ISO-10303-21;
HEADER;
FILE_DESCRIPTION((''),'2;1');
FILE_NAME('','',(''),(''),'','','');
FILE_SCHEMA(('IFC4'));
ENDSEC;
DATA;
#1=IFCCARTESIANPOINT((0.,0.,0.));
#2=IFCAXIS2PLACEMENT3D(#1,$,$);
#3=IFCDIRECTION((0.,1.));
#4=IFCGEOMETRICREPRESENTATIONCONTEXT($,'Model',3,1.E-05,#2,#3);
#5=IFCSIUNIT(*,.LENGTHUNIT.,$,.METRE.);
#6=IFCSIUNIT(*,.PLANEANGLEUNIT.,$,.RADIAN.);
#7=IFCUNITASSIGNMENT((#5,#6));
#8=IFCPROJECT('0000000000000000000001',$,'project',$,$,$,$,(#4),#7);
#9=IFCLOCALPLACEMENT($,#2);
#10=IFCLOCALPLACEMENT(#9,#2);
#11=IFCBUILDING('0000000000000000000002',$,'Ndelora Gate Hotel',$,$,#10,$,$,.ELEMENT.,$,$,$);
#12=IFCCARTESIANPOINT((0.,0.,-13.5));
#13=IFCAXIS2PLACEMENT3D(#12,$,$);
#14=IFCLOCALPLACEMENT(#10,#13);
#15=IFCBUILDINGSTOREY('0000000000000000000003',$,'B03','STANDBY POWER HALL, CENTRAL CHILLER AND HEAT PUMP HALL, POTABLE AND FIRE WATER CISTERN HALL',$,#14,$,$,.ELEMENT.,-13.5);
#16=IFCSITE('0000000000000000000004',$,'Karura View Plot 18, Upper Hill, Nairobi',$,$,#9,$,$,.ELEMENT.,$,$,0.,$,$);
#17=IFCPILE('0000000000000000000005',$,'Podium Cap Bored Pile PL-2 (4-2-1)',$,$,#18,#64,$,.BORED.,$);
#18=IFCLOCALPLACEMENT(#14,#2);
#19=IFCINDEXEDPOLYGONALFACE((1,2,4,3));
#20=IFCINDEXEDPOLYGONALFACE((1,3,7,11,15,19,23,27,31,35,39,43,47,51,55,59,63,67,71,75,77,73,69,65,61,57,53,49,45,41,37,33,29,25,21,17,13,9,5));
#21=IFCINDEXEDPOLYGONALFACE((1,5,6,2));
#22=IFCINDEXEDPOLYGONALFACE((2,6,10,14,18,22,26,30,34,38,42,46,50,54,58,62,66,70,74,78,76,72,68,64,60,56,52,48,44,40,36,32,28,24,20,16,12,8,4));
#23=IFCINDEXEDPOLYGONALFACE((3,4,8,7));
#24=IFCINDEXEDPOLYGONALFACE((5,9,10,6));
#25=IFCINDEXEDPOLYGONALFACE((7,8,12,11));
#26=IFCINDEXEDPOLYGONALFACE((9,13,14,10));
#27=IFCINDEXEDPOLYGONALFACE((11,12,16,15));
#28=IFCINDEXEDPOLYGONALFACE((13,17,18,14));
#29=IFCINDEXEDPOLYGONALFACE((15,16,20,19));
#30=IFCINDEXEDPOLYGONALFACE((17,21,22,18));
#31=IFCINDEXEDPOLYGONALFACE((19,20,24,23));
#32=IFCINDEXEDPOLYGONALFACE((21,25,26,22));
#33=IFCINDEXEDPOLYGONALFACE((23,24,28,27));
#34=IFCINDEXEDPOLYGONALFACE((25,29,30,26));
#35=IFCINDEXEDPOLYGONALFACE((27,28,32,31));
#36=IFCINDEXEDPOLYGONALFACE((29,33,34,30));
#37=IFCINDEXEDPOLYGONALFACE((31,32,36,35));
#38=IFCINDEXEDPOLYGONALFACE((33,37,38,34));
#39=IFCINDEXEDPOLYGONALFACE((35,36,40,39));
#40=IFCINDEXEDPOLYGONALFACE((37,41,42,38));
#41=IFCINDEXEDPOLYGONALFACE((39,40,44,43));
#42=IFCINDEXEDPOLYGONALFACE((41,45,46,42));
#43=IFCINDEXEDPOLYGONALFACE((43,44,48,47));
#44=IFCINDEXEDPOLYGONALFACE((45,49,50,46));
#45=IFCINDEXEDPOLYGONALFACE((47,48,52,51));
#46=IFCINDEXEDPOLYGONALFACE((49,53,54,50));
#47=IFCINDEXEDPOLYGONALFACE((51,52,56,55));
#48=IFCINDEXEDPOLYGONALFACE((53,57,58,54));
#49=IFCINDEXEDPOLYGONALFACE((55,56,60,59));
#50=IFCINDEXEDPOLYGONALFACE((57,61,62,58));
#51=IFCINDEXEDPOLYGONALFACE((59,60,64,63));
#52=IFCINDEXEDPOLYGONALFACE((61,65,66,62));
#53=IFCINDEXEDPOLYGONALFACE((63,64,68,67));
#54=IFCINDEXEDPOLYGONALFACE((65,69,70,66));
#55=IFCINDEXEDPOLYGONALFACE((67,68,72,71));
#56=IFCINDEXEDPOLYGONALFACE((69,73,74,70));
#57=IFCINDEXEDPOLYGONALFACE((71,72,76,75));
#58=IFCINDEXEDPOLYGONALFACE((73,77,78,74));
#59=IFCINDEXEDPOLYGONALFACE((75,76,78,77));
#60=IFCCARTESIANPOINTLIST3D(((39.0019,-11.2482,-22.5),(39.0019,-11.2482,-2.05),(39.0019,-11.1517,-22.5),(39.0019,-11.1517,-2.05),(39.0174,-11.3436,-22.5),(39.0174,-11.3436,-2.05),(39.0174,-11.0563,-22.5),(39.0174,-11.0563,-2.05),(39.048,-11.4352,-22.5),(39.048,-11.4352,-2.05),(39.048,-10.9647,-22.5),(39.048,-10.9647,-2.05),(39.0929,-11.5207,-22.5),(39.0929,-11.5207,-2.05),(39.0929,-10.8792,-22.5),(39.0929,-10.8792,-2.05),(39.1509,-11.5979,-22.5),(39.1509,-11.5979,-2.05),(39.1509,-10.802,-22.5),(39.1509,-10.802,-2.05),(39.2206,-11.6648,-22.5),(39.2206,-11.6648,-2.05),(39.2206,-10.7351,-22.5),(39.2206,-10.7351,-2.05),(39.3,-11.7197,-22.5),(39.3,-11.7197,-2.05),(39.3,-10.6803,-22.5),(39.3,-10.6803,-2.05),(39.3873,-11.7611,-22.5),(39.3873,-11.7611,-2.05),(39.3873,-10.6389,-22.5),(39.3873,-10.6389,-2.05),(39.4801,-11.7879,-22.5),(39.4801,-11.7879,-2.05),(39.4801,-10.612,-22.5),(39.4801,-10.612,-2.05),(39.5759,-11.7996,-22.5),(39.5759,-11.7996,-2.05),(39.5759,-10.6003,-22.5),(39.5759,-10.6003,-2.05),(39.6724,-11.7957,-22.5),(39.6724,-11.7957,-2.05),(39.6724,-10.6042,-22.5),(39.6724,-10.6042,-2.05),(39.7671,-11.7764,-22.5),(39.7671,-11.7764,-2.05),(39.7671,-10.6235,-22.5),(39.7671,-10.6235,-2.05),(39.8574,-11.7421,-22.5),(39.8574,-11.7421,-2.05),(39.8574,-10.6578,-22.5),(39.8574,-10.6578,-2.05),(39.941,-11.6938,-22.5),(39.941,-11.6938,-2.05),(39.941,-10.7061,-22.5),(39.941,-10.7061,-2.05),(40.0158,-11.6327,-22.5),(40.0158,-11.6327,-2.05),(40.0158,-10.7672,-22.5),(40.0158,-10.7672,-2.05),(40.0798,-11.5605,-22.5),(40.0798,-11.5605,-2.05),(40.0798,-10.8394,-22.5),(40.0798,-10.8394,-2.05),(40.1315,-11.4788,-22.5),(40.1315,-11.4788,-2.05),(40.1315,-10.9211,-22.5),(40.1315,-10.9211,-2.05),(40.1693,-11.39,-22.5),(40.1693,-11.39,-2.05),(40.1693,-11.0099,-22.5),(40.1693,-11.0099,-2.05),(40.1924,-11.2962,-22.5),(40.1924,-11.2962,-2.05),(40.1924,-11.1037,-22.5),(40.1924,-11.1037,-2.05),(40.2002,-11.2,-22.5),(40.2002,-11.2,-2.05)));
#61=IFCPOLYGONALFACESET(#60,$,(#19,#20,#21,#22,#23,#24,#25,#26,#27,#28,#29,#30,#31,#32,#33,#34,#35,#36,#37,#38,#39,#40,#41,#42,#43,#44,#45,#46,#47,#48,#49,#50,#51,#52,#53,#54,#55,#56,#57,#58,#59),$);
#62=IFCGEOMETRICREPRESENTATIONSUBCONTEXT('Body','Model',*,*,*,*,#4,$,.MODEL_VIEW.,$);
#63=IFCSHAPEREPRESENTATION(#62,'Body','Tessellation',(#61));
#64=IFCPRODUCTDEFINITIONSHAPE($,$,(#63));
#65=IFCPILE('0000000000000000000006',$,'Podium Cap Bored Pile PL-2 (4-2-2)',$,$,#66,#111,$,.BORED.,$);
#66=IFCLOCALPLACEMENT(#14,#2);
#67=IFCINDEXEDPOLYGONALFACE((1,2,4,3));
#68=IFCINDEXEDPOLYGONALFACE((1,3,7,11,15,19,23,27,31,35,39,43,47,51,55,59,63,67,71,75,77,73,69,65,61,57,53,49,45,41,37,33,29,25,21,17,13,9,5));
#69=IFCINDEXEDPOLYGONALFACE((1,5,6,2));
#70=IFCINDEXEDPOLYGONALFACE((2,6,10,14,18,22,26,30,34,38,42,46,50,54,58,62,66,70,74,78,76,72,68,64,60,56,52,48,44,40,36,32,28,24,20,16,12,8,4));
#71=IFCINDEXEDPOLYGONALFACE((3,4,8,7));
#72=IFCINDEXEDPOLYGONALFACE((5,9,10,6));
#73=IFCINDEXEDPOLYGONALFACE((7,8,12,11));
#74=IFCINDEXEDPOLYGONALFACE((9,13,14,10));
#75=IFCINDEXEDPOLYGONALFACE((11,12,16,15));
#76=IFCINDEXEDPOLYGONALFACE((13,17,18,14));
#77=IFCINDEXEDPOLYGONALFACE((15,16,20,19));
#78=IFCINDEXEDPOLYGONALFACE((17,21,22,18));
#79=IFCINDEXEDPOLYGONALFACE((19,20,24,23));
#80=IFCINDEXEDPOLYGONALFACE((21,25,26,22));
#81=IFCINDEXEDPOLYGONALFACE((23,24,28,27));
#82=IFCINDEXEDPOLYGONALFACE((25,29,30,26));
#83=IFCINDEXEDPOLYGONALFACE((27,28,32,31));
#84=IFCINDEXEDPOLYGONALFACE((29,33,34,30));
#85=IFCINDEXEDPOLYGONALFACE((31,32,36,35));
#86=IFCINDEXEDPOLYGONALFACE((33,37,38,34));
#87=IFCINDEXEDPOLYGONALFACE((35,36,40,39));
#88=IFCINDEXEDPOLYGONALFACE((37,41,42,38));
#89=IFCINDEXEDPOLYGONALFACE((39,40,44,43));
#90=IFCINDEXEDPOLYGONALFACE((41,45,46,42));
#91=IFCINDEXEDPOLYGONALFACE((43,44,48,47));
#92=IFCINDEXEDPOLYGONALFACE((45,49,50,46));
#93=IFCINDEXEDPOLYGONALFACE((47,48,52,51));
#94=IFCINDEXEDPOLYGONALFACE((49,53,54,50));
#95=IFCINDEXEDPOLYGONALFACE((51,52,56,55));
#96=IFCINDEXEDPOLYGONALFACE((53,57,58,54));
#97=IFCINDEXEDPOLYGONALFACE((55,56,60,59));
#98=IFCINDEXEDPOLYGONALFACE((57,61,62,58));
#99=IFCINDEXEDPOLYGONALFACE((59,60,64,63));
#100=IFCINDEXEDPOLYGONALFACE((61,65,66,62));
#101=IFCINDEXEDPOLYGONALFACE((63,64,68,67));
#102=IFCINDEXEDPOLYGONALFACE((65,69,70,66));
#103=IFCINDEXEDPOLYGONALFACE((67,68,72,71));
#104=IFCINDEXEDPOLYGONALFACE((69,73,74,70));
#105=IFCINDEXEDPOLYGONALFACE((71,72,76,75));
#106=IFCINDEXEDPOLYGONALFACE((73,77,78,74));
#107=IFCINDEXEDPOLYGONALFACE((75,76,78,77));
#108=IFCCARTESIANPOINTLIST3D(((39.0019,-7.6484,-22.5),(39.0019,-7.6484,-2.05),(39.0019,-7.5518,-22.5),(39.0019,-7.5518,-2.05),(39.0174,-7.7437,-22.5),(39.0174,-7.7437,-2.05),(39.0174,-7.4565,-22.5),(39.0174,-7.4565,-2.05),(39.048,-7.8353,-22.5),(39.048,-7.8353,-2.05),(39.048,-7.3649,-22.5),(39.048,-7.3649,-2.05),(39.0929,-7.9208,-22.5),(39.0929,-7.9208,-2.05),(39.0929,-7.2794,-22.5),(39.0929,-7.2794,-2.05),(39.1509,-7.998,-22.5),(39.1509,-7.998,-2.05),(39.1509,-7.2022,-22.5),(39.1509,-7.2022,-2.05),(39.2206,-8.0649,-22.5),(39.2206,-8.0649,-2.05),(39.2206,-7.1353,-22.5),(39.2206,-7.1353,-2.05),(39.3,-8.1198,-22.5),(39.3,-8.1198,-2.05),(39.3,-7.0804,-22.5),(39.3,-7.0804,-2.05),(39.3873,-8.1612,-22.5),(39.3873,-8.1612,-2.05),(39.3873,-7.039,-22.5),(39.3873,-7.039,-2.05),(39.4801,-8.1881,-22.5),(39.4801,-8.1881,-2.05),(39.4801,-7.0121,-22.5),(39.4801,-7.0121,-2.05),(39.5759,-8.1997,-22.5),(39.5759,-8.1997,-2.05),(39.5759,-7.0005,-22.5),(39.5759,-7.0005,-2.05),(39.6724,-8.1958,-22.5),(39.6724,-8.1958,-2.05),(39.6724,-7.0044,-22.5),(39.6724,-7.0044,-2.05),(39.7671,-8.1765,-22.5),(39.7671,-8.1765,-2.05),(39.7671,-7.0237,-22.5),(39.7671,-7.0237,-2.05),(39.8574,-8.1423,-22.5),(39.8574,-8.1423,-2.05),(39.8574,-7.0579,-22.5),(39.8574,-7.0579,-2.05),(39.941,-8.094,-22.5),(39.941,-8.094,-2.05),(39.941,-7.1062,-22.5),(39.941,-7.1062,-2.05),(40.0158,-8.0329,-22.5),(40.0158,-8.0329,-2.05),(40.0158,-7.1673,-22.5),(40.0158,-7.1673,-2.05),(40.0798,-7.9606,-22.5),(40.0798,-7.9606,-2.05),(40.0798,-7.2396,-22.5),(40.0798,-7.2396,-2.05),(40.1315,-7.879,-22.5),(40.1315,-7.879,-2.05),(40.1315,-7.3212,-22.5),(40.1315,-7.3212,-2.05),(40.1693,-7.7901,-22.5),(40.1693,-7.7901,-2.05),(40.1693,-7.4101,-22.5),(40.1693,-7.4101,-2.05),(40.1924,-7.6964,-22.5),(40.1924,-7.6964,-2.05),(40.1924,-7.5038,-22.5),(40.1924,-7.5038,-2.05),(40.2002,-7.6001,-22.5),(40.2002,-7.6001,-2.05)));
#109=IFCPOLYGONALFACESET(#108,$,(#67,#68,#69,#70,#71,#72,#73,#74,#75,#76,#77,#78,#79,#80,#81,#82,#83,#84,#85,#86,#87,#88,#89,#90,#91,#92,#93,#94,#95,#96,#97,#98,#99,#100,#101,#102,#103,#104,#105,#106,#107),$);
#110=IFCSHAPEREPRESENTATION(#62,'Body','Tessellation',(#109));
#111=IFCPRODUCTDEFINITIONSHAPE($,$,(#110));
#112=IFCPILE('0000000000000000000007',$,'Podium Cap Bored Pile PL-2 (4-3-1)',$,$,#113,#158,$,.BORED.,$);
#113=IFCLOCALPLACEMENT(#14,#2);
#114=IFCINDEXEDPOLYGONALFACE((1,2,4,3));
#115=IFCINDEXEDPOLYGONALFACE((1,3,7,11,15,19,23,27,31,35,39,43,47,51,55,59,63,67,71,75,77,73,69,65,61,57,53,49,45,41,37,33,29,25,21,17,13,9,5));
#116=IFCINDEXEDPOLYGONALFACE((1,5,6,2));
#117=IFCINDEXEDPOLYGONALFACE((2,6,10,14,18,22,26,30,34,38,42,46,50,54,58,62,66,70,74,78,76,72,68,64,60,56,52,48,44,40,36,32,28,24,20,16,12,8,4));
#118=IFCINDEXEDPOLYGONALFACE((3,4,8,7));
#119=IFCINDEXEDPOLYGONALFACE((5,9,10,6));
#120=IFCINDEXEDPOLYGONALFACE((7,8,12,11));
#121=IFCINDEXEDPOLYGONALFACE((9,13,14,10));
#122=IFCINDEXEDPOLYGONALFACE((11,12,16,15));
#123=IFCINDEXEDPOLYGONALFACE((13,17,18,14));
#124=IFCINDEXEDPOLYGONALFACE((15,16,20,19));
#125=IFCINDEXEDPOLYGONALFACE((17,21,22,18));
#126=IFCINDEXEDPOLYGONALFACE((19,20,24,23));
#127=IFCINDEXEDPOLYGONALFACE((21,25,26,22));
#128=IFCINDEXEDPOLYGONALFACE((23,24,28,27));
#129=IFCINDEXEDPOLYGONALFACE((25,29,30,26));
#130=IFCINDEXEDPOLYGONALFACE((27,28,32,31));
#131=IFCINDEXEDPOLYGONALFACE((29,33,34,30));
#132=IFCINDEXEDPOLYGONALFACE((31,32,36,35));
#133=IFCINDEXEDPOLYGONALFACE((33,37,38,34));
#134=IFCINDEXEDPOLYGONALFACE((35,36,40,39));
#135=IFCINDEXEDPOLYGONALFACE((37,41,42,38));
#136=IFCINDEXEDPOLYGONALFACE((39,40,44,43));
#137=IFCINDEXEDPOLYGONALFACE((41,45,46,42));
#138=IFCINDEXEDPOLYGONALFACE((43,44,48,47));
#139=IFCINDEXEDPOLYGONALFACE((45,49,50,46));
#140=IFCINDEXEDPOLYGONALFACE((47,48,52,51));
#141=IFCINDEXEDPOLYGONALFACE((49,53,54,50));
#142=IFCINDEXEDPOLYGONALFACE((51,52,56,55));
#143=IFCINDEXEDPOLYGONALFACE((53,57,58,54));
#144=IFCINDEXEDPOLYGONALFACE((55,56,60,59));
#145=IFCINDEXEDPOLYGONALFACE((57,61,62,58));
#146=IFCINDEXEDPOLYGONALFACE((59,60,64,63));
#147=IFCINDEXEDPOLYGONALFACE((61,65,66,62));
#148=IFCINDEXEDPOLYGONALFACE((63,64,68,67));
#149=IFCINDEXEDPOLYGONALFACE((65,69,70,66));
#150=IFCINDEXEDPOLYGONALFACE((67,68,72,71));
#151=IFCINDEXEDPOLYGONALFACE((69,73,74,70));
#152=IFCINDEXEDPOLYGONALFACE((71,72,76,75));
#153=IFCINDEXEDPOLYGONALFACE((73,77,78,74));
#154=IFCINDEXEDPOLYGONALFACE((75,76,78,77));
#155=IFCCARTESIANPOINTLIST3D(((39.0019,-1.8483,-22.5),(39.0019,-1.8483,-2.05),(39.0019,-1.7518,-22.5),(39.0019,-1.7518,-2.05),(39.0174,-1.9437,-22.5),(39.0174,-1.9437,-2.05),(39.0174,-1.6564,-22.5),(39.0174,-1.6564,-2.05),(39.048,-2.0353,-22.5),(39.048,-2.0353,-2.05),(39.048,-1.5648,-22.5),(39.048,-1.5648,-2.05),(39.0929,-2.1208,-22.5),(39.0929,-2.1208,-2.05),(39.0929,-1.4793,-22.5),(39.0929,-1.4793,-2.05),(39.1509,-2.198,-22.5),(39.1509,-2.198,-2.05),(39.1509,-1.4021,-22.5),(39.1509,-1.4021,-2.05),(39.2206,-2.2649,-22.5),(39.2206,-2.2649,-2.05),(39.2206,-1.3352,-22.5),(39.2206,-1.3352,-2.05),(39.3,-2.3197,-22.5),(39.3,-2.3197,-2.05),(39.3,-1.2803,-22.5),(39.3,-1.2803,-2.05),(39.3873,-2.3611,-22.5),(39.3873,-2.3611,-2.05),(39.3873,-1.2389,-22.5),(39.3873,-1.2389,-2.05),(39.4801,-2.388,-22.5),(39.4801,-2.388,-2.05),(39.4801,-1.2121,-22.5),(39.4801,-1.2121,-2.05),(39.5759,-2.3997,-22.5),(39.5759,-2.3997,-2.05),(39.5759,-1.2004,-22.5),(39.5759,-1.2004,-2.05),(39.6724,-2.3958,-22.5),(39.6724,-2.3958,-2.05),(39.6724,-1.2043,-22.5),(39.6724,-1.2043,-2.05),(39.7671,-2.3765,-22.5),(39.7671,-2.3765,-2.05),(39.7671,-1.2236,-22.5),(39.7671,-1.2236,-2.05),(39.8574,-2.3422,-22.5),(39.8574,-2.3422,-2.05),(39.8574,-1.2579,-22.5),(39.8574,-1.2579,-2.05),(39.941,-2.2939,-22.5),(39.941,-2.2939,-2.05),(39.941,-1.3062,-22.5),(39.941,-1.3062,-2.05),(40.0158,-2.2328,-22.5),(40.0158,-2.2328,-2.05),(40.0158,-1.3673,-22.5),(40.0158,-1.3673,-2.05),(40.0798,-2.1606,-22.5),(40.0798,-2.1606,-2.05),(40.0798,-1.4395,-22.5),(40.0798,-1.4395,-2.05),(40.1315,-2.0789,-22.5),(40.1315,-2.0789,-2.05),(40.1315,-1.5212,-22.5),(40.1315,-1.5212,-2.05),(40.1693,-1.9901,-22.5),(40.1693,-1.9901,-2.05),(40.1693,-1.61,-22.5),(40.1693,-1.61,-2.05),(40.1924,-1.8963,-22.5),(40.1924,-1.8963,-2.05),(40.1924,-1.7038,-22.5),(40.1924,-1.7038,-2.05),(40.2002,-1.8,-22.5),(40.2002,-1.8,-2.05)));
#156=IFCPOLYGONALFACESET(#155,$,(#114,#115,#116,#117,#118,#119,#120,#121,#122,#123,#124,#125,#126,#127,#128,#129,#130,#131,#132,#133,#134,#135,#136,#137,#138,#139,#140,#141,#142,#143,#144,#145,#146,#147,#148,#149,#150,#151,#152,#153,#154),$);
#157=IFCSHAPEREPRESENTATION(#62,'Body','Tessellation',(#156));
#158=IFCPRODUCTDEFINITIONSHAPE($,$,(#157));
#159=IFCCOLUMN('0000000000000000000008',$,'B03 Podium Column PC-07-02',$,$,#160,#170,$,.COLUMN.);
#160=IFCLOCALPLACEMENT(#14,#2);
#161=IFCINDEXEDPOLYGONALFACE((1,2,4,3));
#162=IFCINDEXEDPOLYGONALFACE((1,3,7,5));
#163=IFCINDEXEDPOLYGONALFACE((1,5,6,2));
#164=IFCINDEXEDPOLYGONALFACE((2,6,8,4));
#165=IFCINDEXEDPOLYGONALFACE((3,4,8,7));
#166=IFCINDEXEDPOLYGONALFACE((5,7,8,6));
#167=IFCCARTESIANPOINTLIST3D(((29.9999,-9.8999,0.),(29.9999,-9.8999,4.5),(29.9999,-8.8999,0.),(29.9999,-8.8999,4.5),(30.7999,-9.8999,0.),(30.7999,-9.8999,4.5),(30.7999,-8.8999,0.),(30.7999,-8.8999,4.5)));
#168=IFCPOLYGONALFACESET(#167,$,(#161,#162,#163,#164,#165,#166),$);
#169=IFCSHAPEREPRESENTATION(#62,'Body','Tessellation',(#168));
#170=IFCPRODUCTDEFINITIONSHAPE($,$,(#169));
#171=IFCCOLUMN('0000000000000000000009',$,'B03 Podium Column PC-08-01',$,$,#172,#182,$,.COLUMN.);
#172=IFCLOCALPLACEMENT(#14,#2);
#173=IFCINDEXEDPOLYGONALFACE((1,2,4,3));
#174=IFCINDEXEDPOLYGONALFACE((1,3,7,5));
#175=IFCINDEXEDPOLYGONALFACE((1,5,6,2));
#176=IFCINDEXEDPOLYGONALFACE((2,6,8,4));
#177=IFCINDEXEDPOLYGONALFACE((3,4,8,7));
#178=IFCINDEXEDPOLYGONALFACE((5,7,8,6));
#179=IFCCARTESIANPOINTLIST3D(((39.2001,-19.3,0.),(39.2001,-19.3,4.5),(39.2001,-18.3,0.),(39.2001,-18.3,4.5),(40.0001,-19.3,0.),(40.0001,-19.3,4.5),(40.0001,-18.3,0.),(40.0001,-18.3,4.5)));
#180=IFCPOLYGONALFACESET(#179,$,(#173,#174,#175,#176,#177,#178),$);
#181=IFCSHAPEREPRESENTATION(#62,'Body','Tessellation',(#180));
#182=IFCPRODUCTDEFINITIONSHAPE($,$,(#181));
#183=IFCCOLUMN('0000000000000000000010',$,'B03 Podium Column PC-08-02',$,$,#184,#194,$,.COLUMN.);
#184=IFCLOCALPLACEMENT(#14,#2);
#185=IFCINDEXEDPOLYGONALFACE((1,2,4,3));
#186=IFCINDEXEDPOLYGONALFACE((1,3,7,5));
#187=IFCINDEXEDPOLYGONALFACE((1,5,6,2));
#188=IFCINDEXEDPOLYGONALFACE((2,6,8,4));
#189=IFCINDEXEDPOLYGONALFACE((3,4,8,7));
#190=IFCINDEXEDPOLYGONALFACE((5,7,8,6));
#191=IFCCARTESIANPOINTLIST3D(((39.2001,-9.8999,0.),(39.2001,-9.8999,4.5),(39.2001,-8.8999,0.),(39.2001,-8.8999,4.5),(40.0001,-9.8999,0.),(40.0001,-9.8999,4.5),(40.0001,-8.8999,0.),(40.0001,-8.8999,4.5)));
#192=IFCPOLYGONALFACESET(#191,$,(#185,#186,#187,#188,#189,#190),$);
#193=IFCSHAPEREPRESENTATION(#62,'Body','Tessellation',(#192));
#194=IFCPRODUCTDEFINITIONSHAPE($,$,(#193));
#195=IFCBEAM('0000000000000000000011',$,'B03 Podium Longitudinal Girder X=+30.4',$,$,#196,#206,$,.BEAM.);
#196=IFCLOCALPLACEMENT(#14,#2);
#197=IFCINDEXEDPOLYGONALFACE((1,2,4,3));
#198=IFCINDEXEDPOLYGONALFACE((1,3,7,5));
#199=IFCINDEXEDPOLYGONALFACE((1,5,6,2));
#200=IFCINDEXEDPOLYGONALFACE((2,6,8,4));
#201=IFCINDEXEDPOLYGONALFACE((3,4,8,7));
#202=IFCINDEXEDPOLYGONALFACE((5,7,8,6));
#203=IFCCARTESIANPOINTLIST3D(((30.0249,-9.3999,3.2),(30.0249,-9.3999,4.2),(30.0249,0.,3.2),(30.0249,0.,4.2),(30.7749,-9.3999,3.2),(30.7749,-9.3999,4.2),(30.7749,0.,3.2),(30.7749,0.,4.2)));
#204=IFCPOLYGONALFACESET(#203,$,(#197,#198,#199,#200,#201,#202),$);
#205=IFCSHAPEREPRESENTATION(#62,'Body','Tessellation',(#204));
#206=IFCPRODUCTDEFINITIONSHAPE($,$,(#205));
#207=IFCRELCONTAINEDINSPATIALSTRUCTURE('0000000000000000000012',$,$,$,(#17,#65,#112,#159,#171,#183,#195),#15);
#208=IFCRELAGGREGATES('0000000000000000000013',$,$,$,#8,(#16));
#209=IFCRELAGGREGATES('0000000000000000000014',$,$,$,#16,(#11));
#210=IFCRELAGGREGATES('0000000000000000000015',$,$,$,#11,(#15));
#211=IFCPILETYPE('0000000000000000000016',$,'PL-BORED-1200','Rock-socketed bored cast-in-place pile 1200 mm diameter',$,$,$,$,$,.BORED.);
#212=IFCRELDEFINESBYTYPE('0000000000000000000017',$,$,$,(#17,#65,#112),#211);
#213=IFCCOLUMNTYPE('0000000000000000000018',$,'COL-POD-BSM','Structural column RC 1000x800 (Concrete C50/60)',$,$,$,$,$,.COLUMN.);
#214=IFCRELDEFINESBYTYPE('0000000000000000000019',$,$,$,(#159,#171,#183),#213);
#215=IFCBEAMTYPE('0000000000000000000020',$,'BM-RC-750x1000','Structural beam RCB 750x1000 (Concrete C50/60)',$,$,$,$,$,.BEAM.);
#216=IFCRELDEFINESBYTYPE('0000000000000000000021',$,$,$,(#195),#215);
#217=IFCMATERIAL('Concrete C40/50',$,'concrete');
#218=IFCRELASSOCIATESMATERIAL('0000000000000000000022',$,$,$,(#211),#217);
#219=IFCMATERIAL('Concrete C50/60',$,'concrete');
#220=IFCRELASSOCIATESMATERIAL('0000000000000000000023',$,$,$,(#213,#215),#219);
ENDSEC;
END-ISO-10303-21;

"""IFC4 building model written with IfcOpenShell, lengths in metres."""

from ifc_helpers import new_model, si_unit, direction, frame, origin, origin_2d, place, context, subcontext, project, spatial, rectangle, circle, extrude, material, material_profile, profile_set, type_object, element, save


model = new_model("IFC4")

# Units and contexts
model_context = context("Model", 3, precision=1e-05, world=origin(), true_north=direction((0.0, 1.0)))
body_context = subcontext(model_context, "Body", "Model", "MODEL_VIEW")
ifc_project = project(units=[si_unit("LENGTHUNIT", "METRE"), si_unit("PLANEANGLEUNIT", "RADIAN")], contexts=[model_context])

# Site, building, storey
site_placement = place(None, origin())
site = spatial("IfcSite", under=ifc_project, at=site_placement, Name="Karura View Plot 18, Upper Hill, Nairobi", CompositionType="ELEMENT", RefElevation=0.0)
building_placement = place(site_placement, origin())
building = spatial("IfcBuilding", under=site, at=building_placement, Name="Ndelora Gate Hotel", CompositionType="ELEMENT")
storey_placement = place(building_placement, frame((0.0, 0.0, -13.5)))
storey = spatial("IfcBuildingStorey", under=building, at=storey_placement, Name="B03", Description="STANDBY POWER HALL, CENTRAL CHILLER AND HEAT PUMP HALL, POTABLE AND FIRE WATER CISTERN HALL", CompositionType="ELEMENT", Elevation=-13.5)

# Shared definitions
ifc_material_1 = material(Name="Concrete C50/60", Category="concrete")
ifc_material_2 = material(Name="Concrete C40/50", Category="concrete")

# Piles
ifc_material_profile_1 = material_profile(ifc_material_2, circle(Radius=0.6001, at=origin_2d()), Name="PILE D1200")
ifc_profile_set_1 = profile_set([ifc_material_profile_1], Name="Concrete C40/50")
pile_type = type_object("IfcPileType", Name="PL-BORED-1200", Description="Rock-socketed bored cast-in-place pile 1200 mm diameter", PredefinedType="BORED", material=ifc_profile_set_1)
for number, where, z_axis, x_axis, name in (
    (1, (39.6001, -11.2, -2.05), (0.0, 0.0, -1.0), (1.0, 0.0, 0.0), "Podium Cap Bored Pile PL-2 (4-2-1)"),
    (2, (39.6001, -7.6001, -2.05), (0.0, 0.0, -1.0), (1.0, 0.0, 0.0), "Podium Cap Bored Pile PL-2 (4-2-2)"),
    (3, (39.6001, -1.8, -2.05), (0.0, 0.0, -1.0), (1.0, 0.0, 0.0), "Podium Cap Bored Pile PL-2 (4-3-1)"),
):
    element("IfcPile", number, at=place(storey_placement, frame(where, z_axis=z_axis, x_axis=x_axis)), inside=storey, type_object=pile_type, Name=name, PredefinedType="BORED", context=body_context, shape_type="SweptSolid", body=[
        extrude(circle(Radius=0.6001, at=origin_2d()), origin(), (0.0, 0.0, 1.0), 20.45),
    ])

# Columns
ifc_material_profile_2 = material_profile(ifc_material_1, rectangle(XDim=0.8, YDim=1.0, at=origin_2d()), Name="RC 1000x800")
ifc_profile_set_2 = profile_set([ifc_material_profile_2], Name="Concrete C50/60")
column_type = type_object("IfcColumnType", Name="COL-POD-BSM", Description="Structural column RC 1000x800 (Concrete C50/60)", PredefinedType="COLUMN", material=ifc_profile_set_2)
for number, where, z_axis, x_axis, name in (
    (4, (30.3999, -9.3999, 0.0), (0.0, 0.0, 1.0), (1.0, 0.0, 0.0), "B03 Podium Column PC-07-02"),
    (5, (39.6001, -18.8, 0.0), (0.0, 0.0, 1.0), (1.0, 0.0, 0.0), "B03 Podium Column PC-08-01"),
    (6, (39.6001, -9.3999, 0.0), (0.0, 0.0, 1.0), (1.0, 0.0, 0.0), "B03 Podium Column PC-08-02"),
):
    element("IfcColumn", number, at=place(storey_placement, frame(where, z_axis=z_axis, x_axis=x_axis)), inside=storey, type_object=column_type, Name=name, PredefinedType="COLUMN", context=body_context, shape_type="SweptSolid", body=[
        extrude(rectangle(XDim=0.8, YDim=1.0, at=origin_2d()), origin(), (0.0, 0.0, 1.0), 4.5),
    ])

# Beam
ifc_material_profile_3 = material_profile(ifc_material_1, rectangle(XDim=0.75, YDim=1.0, at=origin_2d()), Name="RCB 750x1000")
ifc_profile_set_3 = profile_set([ifc_material_profile_3], Name="Concrete C50/60")
beam_type = type_object("IfcBeamType", Name="BM-RC-750x1000", Description="Structural beam RCB 750x1000 (Concrete C50/60)", PredefinedType="BEAM", material=ifc_profile_set_3)
beam_1_placement = place(storey_placement, frame((30.3999, -9.3999, 3.7), z_axis=(0.0, 1.0, 0.0), x_axis=(-1.0, 0.0, 0.0)))
element("IfcBeam", 7, at=beam_1_placement, inside=storey, type_object=beam_type, Name="B03 Podium Longitudinal Girder X=+30.4", PredefinedType="BEAM", context=body_context, shape_type="SweptSolid", body=[
    extrude(rectangle(XDim=0.75, YDim=1.0, at=origin_2d()), origin(), (0.0, 0.0, 1.0), 9.3999),
])

save(model, "model.ifc")
